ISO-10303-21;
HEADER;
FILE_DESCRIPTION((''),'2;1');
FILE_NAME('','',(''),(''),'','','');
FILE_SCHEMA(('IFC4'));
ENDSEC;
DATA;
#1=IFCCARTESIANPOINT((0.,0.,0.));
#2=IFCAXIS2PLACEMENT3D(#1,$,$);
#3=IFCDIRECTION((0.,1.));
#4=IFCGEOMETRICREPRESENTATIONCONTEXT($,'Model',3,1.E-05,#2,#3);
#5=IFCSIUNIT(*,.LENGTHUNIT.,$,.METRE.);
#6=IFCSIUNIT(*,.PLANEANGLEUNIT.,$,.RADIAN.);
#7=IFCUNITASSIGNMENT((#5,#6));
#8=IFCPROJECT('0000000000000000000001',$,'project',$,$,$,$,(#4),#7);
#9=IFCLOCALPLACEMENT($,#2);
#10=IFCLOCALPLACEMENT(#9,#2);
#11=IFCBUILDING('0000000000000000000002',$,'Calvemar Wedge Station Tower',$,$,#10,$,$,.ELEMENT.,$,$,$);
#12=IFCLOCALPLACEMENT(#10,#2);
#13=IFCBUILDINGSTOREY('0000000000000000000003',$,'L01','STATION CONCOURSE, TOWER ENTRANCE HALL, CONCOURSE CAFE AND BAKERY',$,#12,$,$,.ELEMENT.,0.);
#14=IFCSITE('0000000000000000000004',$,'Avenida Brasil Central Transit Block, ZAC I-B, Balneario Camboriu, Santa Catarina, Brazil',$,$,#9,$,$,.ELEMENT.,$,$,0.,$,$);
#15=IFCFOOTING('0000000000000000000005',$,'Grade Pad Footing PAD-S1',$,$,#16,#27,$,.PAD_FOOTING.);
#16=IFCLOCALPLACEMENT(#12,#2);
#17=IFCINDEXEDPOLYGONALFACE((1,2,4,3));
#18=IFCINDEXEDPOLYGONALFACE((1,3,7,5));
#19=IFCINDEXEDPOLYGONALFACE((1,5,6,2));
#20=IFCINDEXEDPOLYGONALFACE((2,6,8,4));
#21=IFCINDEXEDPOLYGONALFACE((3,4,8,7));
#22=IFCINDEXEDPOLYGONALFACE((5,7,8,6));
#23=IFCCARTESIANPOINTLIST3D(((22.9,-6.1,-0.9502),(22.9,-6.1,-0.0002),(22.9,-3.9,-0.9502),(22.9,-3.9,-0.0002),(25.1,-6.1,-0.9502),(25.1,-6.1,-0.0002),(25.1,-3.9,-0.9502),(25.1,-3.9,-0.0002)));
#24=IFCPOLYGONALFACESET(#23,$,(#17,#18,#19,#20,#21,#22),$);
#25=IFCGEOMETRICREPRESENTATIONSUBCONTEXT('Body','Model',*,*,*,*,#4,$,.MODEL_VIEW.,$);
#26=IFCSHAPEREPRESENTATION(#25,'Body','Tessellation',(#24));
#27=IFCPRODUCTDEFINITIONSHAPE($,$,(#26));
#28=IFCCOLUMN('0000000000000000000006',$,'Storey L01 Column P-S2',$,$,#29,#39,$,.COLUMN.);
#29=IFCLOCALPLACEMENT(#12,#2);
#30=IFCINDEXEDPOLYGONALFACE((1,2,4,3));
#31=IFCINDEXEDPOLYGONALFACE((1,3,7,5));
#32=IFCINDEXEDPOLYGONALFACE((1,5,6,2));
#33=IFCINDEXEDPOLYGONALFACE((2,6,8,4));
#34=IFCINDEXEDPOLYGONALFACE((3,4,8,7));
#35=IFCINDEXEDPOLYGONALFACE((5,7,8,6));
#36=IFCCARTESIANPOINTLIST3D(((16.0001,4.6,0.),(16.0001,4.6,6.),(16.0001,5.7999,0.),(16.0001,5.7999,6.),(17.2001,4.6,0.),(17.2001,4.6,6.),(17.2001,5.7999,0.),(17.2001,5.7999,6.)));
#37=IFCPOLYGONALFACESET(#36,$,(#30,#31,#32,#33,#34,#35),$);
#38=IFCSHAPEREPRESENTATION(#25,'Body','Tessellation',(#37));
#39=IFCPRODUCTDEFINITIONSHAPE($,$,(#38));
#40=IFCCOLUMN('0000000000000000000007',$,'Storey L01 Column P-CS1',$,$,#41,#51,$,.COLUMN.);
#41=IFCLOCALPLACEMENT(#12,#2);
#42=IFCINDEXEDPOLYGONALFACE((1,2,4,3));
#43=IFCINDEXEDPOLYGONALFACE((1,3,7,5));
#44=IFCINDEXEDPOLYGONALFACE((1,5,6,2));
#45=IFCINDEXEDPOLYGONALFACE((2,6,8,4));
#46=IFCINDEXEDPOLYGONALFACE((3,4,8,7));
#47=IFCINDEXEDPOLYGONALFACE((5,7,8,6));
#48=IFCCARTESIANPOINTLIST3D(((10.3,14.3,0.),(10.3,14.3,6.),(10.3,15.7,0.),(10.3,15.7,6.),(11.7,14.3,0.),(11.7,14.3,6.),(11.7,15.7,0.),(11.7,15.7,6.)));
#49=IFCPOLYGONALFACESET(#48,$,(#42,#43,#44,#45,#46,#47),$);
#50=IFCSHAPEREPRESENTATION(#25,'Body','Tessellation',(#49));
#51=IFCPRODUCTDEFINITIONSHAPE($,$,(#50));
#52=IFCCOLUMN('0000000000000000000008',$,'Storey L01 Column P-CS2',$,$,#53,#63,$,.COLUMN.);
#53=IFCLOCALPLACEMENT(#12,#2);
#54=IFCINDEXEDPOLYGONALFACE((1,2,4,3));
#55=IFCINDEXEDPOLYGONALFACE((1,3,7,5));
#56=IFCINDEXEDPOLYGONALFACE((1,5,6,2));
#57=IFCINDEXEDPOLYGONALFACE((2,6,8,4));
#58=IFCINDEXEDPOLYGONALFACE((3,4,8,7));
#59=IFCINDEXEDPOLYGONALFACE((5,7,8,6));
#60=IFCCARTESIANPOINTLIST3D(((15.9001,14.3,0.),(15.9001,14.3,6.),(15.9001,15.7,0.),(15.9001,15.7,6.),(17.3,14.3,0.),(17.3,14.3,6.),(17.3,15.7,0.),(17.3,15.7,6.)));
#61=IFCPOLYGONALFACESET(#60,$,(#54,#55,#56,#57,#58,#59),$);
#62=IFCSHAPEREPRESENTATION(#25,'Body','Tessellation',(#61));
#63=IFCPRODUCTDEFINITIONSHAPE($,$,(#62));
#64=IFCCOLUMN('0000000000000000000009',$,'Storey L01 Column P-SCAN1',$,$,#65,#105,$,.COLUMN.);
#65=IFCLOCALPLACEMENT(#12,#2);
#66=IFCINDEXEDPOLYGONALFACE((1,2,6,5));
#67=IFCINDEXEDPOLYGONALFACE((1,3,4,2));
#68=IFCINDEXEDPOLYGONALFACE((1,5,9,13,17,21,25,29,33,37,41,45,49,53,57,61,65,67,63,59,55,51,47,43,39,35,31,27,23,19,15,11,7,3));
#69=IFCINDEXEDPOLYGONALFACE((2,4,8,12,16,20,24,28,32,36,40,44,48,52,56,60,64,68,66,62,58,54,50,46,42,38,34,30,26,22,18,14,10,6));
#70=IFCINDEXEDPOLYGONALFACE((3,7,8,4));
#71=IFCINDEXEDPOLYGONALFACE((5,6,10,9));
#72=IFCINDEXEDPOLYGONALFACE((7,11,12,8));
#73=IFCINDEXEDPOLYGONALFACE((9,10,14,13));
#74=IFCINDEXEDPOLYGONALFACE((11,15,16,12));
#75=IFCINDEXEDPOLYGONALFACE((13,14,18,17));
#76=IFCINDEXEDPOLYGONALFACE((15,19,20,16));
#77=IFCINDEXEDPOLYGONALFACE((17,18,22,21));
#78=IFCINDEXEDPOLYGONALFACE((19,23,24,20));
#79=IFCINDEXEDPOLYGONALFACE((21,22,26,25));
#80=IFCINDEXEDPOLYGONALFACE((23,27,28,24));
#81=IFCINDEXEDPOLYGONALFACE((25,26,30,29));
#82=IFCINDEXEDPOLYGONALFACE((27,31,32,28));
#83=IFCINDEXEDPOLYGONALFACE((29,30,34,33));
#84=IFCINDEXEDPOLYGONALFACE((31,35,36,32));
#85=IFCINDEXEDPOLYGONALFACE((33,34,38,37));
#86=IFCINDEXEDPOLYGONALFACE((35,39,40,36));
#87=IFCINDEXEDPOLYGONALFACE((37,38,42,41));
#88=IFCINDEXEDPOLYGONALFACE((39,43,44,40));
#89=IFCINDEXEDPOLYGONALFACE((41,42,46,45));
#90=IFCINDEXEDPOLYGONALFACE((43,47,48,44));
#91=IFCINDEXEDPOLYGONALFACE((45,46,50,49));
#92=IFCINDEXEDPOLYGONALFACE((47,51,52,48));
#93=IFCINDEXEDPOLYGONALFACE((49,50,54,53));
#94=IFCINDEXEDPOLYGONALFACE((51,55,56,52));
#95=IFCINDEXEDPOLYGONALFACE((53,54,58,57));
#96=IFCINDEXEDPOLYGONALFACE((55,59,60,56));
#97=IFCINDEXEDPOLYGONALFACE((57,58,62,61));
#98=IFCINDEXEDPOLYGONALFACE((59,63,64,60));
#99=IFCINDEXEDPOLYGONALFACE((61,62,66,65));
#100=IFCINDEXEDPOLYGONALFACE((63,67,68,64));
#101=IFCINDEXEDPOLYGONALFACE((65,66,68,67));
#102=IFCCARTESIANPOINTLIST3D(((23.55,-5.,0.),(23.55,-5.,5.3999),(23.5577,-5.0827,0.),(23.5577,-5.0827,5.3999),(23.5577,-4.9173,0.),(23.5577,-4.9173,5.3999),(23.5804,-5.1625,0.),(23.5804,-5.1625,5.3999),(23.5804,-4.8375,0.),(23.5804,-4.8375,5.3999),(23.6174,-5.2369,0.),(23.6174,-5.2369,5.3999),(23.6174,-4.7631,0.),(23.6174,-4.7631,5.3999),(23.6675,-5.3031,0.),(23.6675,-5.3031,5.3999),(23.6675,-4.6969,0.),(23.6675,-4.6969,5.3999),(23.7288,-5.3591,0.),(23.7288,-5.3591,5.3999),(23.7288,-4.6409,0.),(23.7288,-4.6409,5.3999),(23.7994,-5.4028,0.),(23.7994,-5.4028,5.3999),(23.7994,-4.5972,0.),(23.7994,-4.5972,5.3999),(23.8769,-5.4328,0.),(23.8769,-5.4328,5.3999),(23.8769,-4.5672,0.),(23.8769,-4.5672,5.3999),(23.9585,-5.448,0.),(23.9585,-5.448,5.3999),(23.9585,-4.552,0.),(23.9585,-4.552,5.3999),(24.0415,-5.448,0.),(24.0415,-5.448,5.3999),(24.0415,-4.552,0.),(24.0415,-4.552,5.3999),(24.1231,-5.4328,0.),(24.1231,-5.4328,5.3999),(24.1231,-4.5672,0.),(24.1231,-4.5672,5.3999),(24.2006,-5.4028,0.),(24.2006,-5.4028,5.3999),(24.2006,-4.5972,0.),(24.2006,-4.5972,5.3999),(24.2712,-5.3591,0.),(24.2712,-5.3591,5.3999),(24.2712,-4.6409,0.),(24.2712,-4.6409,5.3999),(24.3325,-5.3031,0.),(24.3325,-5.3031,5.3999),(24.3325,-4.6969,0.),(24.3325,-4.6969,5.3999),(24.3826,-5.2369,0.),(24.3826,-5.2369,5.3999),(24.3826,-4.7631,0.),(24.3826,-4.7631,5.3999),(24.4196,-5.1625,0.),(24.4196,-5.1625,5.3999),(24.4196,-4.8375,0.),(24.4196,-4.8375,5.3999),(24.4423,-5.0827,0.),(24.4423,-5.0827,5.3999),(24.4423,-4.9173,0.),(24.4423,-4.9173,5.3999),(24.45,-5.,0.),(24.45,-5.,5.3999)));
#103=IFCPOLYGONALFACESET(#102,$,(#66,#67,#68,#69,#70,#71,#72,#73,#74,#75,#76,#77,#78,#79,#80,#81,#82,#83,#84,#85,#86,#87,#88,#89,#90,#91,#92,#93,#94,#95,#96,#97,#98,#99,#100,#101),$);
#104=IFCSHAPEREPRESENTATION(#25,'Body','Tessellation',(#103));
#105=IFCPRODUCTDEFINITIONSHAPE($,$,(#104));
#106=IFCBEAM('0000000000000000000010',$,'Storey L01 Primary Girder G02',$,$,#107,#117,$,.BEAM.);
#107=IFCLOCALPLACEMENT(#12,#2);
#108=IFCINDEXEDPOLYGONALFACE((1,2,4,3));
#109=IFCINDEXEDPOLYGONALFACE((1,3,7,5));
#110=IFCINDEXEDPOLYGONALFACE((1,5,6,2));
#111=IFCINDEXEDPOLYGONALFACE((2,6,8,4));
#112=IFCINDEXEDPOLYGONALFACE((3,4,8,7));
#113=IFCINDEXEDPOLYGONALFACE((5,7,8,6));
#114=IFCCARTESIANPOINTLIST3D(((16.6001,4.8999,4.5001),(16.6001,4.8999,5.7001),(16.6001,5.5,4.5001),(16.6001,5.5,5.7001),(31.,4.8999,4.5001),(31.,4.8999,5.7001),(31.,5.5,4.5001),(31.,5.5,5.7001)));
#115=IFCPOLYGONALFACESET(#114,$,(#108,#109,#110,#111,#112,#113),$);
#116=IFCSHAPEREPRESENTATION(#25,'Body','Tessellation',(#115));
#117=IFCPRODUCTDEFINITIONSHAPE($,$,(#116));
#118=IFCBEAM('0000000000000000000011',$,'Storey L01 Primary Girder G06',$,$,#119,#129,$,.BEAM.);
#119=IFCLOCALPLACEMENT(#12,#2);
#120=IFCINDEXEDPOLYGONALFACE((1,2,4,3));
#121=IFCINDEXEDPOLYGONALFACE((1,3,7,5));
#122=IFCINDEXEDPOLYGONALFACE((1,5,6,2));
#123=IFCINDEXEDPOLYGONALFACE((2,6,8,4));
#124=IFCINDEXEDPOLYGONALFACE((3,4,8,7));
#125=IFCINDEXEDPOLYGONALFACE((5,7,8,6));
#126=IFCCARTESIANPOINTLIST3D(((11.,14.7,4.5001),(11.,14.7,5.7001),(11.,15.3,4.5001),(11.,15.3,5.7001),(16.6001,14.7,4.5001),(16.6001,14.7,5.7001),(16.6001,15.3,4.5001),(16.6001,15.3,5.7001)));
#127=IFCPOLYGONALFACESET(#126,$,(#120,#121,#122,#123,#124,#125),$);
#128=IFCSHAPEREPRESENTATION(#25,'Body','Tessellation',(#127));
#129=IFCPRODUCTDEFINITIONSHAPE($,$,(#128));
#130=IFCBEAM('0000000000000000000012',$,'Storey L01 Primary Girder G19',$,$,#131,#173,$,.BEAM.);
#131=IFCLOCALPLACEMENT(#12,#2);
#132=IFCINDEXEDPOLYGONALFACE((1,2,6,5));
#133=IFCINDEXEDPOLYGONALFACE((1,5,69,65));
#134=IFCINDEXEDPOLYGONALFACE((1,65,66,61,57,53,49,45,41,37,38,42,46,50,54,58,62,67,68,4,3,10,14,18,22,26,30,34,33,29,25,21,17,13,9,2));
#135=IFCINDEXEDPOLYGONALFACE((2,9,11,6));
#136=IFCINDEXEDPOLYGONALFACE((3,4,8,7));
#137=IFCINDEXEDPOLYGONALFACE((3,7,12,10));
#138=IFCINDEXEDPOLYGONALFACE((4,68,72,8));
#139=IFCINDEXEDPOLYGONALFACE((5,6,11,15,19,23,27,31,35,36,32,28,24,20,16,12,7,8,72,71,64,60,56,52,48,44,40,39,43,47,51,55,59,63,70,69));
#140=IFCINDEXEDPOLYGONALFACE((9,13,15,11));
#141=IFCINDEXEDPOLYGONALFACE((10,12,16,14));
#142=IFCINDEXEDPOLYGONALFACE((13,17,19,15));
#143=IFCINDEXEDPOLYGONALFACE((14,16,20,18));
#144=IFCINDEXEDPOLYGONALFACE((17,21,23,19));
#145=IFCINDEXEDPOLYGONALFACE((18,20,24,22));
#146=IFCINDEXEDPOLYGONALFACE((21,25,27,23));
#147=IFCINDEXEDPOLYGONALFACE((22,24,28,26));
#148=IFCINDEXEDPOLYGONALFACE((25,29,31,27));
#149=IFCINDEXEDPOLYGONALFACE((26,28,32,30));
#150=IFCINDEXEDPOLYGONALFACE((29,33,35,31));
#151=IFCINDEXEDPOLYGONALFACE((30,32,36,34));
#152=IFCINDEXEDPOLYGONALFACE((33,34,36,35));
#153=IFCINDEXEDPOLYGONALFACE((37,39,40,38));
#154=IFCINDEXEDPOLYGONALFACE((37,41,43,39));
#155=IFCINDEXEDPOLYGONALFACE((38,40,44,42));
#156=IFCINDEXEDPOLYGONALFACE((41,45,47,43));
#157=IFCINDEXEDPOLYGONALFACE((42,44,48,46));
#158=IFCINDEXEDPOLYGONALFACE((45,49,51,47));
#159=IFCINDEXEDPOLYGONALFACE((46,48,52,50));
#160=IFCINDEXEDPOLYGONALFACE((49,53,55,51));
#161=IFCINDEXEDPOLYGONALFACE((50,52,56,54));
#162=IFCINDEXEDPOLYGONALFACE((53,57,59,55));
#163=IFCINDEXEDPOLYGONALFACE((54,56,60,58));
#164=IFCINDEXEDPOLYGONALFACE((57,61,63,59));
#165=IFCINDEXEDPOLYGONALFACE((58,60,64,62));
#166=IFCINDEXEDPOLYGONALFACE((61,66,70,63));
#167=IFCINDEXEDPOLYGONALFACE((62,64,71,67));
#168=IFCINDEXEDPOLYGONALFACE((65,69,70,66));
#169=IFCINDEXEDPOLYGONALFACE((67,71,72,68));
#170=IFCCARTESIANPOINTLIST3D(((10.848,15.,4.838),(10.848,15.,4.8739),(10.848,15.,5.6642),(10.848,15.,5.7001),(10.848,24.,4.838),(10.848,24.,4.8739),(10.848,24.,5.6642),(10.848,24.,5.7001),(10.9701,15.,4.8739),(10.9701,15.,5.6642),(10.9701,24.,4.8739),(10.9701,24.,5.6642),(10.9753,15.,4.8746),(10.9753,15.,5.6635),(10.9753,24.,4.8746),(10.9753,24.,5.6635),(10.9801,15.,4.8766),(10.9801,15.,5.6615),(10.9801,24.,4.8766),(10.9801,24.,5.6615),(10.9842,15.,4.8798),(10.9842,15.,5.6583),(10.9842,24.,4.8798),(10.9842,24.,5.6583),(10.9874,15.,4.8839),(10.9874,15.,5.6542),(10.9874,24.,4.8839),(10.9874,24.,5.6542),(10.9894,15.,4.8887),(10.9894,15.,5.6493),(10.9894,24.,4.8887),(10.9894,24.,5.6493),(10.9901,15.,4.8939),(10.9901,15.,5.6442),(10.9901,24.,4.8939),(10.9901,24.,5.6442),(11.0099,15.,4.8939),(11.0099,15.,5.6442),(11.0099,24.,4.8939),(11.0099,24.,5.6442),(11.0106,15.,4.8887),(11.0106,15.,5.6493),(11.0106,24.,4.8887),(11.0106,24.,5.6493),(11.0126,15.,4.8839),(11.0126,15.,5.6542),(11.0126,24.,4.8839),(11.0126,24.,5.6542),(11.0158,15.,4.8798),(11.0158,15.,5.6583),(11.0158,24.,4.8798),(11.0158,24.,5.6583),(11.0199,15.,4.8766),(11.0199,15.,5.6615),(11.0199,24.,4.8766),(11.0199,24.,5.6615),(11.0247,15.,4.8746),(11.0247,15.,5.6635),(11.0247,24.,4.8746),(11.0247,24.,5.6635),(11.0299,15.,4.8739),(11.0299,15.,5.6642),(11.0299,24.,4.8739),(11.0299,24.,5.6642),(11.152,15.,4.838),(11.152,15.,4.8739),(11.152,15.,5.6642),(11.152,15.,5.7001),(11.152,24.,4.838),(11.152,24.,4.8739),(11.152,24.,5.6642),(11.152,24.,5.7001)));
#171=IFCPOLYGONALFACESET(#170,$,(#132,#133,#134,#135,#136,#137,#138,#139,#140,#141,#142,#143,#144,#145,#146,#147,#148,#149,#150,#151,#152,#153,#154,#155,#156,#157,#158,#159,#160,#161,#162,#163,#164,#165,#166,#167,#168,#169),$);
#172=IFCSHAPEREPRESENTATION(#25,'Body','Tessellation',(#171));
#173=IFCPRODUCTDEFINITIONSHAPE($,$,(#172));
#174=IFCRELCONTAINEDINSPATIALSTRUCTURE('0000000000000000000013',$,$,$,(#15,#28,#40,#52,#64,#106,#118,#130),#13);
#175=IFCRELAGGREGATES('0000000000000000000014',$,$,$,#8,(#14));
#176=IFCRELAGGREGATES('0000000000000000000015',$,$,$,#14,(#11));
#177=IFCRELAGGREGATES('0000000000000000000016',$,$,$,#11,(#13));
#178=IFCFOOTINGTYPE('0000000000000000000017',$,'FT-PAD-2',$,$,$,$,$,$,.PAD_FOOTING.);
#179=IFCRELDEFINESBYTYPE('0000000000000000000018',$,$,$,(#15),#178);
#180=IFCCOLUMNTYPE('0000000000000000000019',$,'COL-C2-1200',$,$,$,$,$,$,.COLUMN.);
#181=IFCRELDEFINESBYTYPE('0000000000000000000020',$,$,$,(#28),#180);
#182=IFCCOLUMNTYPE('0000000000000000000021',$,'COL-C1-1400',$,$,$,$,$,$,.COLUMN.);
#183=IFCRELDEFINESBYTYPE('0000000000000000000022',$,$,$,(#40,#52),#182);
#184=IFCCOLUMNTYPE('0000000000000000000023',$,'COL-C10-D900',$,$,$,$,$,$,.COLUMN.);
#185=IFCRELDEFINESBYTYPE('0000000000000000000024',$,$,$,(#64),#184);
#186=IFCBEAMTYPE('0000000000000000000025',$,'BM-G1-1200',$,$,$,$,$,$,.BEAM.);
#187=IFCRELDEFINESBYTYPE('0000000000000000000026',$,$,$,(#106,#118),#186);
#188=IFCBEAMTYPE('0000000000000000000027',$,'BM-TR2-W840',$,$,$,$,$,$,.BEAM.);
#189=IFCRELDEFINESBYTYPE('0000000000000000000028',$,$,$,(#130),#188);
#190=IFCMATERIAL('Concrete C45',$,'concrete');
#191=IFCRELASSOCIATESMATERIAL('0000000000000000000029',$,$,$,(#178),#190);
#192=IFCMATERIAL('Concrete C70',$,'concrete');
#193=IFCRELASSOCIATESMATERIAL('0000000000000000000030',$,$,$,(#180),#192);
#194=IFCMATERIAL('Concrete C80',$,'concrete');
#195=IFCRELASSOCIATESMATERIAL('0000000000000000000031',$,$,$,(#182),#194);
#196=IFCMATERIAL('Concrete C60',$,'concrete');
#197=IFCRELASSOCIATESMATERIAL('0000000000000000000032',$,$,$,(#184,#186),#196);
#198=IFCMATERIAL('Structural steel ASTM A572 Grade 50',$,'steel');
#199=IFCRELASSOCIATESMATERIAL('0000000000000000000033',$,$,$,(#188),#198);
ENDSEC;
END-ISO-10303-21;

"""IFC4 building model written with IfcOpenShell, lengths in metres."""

from ifc_helpers import new_model, si_unit, direction, frame, origin, origin_2d, place, context, subcontext, project, spatial, rectangle, circle, i_section, extrude, source, transform, mapped, material, material_profile, profile_set, type_object, element, save


model = new_model("IFC4")

# Units and contexts
model_context = context("Model", 3, precision=1e-05, world=origin(), true_north=direction((0.0, 1.0)))
body_context = subcontext(model_context, "Body", "Model", "MODEL_VIEW")
ifc_project = project(units=[si_unit("LENGTHUNIT", "METRE"), si_unit("PLANEANGLEUNIT", "RADIAN")], contexts=[model_context])

# Site, building, storey
site_placement = place(None, origin())
site = spatial("IfcSite", under=ifc_project, at=site_placement, Name="Avenida Brasil Central Transit Block, ZAC I-B, Balneario Camboriu, Santa Catarina, Brazil", CompositionType="ELEMENT", RefElevation=0.0)
building_placement = place(site_placement, origin())
building = spatial("IfcBuilding", under=site, at=building_placement, Name="Calvemar Wedge Station Tower", CompositionType="ELEMENT")
storey_placement = place(building_placement, origin())
storey = spatial("IfcBuildingStorey", under=building, at=storey_placement, Name="L01", Description="STATION CONCOURSE, TOWER ENTRANCE HALL, CONCOURSE CAFE AND BAKERY", CompositionType="ELEMENT", Elevation=0.0)

# Footing
ifc_material_1 = material(Name="Concrete C45", Category="concrete")
footing_type = type_object("IfcFootingType", Name="FT-PAD-2", PredefinedType="PAD_FOOTING", material=ifc_material_1)
shared_shape_1 = source(origin(), body_context, "Body", "SweptSolid", [
    extrude(rectangle(XDim=2.2, YDim=2.2, at=origin_2d()), origin(), (0.0, 0.0, 1.0), 0.95),
])
footing_placement = place(storey_placement, frame((24.0, -5.0, -0.9502), z_axis=(0.0, 0.0, 1.0), x_axis=(1.0, 0.0, 0.0)))
element("IfcFooting", 1, at=footing_placement, inside=storey, type_object=footing_type, Name="Grade Pad Footing PAD-S1", PredefinedType="PAD_FOOTING", context=body_context, shape_type="MappedRepresentation", body=[
    mapped(shared_shape_1, transform((0.0, 0.0, 0.0), scale=1.0)),
])

# Columns
ifc_material_2 = material(Name="Concrete C70", Category="concrete")
ifc_material_profile_1 = material_profile(ifc_material_2, rectangle(XDim=1.2, YDim=1.2, at=origin_2d()), Name="RC1200x1200")
ifc_profile_set_1 = profile_set([ifc_material_profile_1], Name="Concrete C70")
column_type_1 = type_object("IfcColumnType", Name="COL-C2-1200", PredefinedType="COLUMN", material=ifc_profile_set_1)
shared_shape_2 = source(origin(), body_context, "Body", "SweptSolid", [
    extrude(rectangle(XDim=1.2, YDim=1.2, at=origin_2d()), origin(), (0.0, 0.0, 1.0), 6.0),
])
column_1_placement = place(storey_placement, frame((16.6001, 5.2, 0.0), z_axis=(0.0, 0.0, 1.0), x_axis=(1.0, 0.0, 0.0)))
element("IfcColumn", 2, at=column_1_placement, inside=storey, type_object=column_type_1, Name="Storey L01 Column P-S2", PredefinedType="COLUMN", context=body_context, shape_type="MappedRepresentation", body=[
    mapped(shared_shape_2, transform((0.0, 0.0, 0.0), scale=1.0)),
])
ifc_material_3 = material(Name="Concrete C80", Category="concrete")
ifc_material_profile_2 = material_profile(ifc_material_3, rectangle(XDim=1.3999, YDim=1.3999, at=origin_2d()), Name="RC1400x1400")
ifc_profile_set_2 = profile_set([ifc_material_profile_2], Name="Concrete C80")
column_type_2 = type_object("IfcColumnType", Name="COL-C1-1400", PredefinedType="COLUMN", material=ifc_profile_set_2)
shared_shape_3 = source(origin(), body_context, "Body", "SweptSolid", [
    extrude(rectangle(XDim=1.3999, YDim=1.3999, at=origin_2d()), origin(), (0.0, 0.0, 1.0), 6.0),
])
for number, where, z_axis, x_axis, name in (
    (3, (11.0, 15.0, 0.0), (0.0, 0.0, 1.0), (1.0, 0.0, 0.0), "Storey L01 Column P-CS1"),
    (4, (16.6001, 15.0, 0.0), (0.0, 0.0, 1.0), (1.0, 0.0, 0.0), "Storey L01 Column P-CS2"),
):
    element("IfcColumn", number, at=place(storey_placement, frame(where, z_axis=z_axis, x_axis=x_axis)), inside=storey, type_object=column_type_2, Name=name, PredefinedType="COLUMN", context=body_context, shape_type="MappedRepresentation", body=[
        mapped(shared_shape_3, transform((0.0, 0.0, 0.0), scale=1.0)),
    ])
ifc_material_4 = material(Name="Concrete C60", Category="concrete")
ifc_material_profile_3 = material_profile(ifc_material_4, circle(Radius=0.45, at=origin_2d()), Name="RC-D900")
ifc_profile_set_3 = profile_set([ifc_material_profile_3], Name="Concrete C60")
column_type_3 = type_object("IfcColumnType", Name="COL-C10-D900", PredefinedType="COLUMN", material=ifc_profile_set_3)
shared_shape_4 = source(origin(), body_context, "Body", "SweptSolid", [
    extrude(circle(Radius=0.45, at=origin_2d()), origin(), (0.0, 0.0, 1.0), 5.3999),
])
column_2_placement = place(storey_placement, frame((24.0, -5.0, 0.0), z_axis=(0.0, 0.0, 1.0), x_axis=(1.0, 0.0, 0.0)))
element("IfcColumn", 5, at=column_2_placement, inside=storey, type_object=column_type_3, Name="Storey L01 Column P-SCAN1", PredefinedType="COLUMN", context=body_context, shape_type="MappedRepresentation", body=[
    mapped(shared_shape_4, transform((0.0, 0.0, 0.0), scale=1.0)),
])

# Beams
ifc_material_profile_4 = material_profile(ifc_material_4, rectangle(XDim=0.6001, YDim=1.2, at=origin_2d()), Name="RC600x1200")
ifc_profile_set_4 = profile_set([ifc_material_profile_4], Name="Concrete C60")
beam_type_1 = type_object("IfcBeamType", Name="BM-G1-1200", PredefinedType="BEAM", material=ifc_profile_set_4)
shared_shape_5 = source(origin(), body_context, "Body", "SweptSolid", [
    extrude(rectangle(XDim=0.6001, YDim=1.2, at=origin_2d()), origin(), (0.0, 0.0, 1.0), 14.3999),
])
beam_1_placement = place(storey_placement, frame((16.6001, 5.2, 5.1001), z_axis=(1.0, 0.0, 0.0), x_axis=(0.0, 1.0, 0.0)))
element("IfcBeam", 6, at=beam_1_placement, inside=storey, type_object=beam_type_1, Name="Storey L01 Primary Girder G02", PredefinedType="BEAM", context=body_context, shape_type="MappedRepresentation", body=[
    mapped(shared_shape_5, transform((0.0, 0.0, 0.0), scale=1.0)),
])
shared_shape_6 = source(origin(), body_context, "Body", "SweptSolid", [
    extrude(rectangle(XDim=0.6001, YDim=1.2, at=origin_2d()), origin(), (0.0, 0.0, 1.0), 5.6001),
])
beam_2_placement = place(storey_placement, frame((11.0, 15.0, 5.1001), z_axis=(1.0, 0.0, 0.0), x_axis=(0.0, 1.0, 0.0)))
element("IfcBeam", 7, at=beam_2_placement, inside=storey, type_object=beam_type_1, Name="Storey L01 Primary Girder G06", PredefinedType="BEAM", context=body_context, shape_type="MappedRepresentation", body=[
    mapped(shared_shape_6, transform((0.0, 0.0, 0.0), scale=1.0)),
])
ifc_material_5 = material(Name="Structural steel ASTM A572 Grade 50", Category="steel")
ifc_material_profile_5 = material_profile(ifc_material_5, i_section(OverallWidth=0.304, OverallDepth=0.8621, WebThickness=0.0198, FlangeThickness=0.0359, FilletRadius=0.02, at=origin_2d()), Name="W840x329")
ifc_profile_set_5 = profile_set([ifc_material_profile_5], Name="Structural steel ASTM A572 Grade 50")
beam_type_2 = type_object("IfcBeamType", Name="BM-TR2-W840", PredefinedType="BEAM", material=ifc_profile_set_5)
shared_shape_7 = source(origin(), body_context, "Body", "SweptSolid", [
    extrude(i_section(OverallWidth=0.304, OverallDepth=0.8621, WebThickness=0.0198, FlangeThickness=0.0359, FilletRadius=0.02, at=origin_2d()), origin(), (0.0, 0.0, 1.0), 9.0),
])
beam_3_placement = place(storey_placement, frame((11.0, 15.0, 5.269), z_axis=(0.0, 1.0, 0.0), x_axis=(-1.0, 0.0, 0.0)))
element("IfcBeam", 8, at=beam_3_placement, inside=storey, type_object=beam_type_2, Name="Storey L01 Primary Girder G19", PredefinedType="BEAM", context=body_context, shape_type="MappedRepresentation", body=[
    mapped(shared_shape_7, transform((0.0, 0.0, 0.0), scale=1.0)),
])

save(model, "model.ifc")
